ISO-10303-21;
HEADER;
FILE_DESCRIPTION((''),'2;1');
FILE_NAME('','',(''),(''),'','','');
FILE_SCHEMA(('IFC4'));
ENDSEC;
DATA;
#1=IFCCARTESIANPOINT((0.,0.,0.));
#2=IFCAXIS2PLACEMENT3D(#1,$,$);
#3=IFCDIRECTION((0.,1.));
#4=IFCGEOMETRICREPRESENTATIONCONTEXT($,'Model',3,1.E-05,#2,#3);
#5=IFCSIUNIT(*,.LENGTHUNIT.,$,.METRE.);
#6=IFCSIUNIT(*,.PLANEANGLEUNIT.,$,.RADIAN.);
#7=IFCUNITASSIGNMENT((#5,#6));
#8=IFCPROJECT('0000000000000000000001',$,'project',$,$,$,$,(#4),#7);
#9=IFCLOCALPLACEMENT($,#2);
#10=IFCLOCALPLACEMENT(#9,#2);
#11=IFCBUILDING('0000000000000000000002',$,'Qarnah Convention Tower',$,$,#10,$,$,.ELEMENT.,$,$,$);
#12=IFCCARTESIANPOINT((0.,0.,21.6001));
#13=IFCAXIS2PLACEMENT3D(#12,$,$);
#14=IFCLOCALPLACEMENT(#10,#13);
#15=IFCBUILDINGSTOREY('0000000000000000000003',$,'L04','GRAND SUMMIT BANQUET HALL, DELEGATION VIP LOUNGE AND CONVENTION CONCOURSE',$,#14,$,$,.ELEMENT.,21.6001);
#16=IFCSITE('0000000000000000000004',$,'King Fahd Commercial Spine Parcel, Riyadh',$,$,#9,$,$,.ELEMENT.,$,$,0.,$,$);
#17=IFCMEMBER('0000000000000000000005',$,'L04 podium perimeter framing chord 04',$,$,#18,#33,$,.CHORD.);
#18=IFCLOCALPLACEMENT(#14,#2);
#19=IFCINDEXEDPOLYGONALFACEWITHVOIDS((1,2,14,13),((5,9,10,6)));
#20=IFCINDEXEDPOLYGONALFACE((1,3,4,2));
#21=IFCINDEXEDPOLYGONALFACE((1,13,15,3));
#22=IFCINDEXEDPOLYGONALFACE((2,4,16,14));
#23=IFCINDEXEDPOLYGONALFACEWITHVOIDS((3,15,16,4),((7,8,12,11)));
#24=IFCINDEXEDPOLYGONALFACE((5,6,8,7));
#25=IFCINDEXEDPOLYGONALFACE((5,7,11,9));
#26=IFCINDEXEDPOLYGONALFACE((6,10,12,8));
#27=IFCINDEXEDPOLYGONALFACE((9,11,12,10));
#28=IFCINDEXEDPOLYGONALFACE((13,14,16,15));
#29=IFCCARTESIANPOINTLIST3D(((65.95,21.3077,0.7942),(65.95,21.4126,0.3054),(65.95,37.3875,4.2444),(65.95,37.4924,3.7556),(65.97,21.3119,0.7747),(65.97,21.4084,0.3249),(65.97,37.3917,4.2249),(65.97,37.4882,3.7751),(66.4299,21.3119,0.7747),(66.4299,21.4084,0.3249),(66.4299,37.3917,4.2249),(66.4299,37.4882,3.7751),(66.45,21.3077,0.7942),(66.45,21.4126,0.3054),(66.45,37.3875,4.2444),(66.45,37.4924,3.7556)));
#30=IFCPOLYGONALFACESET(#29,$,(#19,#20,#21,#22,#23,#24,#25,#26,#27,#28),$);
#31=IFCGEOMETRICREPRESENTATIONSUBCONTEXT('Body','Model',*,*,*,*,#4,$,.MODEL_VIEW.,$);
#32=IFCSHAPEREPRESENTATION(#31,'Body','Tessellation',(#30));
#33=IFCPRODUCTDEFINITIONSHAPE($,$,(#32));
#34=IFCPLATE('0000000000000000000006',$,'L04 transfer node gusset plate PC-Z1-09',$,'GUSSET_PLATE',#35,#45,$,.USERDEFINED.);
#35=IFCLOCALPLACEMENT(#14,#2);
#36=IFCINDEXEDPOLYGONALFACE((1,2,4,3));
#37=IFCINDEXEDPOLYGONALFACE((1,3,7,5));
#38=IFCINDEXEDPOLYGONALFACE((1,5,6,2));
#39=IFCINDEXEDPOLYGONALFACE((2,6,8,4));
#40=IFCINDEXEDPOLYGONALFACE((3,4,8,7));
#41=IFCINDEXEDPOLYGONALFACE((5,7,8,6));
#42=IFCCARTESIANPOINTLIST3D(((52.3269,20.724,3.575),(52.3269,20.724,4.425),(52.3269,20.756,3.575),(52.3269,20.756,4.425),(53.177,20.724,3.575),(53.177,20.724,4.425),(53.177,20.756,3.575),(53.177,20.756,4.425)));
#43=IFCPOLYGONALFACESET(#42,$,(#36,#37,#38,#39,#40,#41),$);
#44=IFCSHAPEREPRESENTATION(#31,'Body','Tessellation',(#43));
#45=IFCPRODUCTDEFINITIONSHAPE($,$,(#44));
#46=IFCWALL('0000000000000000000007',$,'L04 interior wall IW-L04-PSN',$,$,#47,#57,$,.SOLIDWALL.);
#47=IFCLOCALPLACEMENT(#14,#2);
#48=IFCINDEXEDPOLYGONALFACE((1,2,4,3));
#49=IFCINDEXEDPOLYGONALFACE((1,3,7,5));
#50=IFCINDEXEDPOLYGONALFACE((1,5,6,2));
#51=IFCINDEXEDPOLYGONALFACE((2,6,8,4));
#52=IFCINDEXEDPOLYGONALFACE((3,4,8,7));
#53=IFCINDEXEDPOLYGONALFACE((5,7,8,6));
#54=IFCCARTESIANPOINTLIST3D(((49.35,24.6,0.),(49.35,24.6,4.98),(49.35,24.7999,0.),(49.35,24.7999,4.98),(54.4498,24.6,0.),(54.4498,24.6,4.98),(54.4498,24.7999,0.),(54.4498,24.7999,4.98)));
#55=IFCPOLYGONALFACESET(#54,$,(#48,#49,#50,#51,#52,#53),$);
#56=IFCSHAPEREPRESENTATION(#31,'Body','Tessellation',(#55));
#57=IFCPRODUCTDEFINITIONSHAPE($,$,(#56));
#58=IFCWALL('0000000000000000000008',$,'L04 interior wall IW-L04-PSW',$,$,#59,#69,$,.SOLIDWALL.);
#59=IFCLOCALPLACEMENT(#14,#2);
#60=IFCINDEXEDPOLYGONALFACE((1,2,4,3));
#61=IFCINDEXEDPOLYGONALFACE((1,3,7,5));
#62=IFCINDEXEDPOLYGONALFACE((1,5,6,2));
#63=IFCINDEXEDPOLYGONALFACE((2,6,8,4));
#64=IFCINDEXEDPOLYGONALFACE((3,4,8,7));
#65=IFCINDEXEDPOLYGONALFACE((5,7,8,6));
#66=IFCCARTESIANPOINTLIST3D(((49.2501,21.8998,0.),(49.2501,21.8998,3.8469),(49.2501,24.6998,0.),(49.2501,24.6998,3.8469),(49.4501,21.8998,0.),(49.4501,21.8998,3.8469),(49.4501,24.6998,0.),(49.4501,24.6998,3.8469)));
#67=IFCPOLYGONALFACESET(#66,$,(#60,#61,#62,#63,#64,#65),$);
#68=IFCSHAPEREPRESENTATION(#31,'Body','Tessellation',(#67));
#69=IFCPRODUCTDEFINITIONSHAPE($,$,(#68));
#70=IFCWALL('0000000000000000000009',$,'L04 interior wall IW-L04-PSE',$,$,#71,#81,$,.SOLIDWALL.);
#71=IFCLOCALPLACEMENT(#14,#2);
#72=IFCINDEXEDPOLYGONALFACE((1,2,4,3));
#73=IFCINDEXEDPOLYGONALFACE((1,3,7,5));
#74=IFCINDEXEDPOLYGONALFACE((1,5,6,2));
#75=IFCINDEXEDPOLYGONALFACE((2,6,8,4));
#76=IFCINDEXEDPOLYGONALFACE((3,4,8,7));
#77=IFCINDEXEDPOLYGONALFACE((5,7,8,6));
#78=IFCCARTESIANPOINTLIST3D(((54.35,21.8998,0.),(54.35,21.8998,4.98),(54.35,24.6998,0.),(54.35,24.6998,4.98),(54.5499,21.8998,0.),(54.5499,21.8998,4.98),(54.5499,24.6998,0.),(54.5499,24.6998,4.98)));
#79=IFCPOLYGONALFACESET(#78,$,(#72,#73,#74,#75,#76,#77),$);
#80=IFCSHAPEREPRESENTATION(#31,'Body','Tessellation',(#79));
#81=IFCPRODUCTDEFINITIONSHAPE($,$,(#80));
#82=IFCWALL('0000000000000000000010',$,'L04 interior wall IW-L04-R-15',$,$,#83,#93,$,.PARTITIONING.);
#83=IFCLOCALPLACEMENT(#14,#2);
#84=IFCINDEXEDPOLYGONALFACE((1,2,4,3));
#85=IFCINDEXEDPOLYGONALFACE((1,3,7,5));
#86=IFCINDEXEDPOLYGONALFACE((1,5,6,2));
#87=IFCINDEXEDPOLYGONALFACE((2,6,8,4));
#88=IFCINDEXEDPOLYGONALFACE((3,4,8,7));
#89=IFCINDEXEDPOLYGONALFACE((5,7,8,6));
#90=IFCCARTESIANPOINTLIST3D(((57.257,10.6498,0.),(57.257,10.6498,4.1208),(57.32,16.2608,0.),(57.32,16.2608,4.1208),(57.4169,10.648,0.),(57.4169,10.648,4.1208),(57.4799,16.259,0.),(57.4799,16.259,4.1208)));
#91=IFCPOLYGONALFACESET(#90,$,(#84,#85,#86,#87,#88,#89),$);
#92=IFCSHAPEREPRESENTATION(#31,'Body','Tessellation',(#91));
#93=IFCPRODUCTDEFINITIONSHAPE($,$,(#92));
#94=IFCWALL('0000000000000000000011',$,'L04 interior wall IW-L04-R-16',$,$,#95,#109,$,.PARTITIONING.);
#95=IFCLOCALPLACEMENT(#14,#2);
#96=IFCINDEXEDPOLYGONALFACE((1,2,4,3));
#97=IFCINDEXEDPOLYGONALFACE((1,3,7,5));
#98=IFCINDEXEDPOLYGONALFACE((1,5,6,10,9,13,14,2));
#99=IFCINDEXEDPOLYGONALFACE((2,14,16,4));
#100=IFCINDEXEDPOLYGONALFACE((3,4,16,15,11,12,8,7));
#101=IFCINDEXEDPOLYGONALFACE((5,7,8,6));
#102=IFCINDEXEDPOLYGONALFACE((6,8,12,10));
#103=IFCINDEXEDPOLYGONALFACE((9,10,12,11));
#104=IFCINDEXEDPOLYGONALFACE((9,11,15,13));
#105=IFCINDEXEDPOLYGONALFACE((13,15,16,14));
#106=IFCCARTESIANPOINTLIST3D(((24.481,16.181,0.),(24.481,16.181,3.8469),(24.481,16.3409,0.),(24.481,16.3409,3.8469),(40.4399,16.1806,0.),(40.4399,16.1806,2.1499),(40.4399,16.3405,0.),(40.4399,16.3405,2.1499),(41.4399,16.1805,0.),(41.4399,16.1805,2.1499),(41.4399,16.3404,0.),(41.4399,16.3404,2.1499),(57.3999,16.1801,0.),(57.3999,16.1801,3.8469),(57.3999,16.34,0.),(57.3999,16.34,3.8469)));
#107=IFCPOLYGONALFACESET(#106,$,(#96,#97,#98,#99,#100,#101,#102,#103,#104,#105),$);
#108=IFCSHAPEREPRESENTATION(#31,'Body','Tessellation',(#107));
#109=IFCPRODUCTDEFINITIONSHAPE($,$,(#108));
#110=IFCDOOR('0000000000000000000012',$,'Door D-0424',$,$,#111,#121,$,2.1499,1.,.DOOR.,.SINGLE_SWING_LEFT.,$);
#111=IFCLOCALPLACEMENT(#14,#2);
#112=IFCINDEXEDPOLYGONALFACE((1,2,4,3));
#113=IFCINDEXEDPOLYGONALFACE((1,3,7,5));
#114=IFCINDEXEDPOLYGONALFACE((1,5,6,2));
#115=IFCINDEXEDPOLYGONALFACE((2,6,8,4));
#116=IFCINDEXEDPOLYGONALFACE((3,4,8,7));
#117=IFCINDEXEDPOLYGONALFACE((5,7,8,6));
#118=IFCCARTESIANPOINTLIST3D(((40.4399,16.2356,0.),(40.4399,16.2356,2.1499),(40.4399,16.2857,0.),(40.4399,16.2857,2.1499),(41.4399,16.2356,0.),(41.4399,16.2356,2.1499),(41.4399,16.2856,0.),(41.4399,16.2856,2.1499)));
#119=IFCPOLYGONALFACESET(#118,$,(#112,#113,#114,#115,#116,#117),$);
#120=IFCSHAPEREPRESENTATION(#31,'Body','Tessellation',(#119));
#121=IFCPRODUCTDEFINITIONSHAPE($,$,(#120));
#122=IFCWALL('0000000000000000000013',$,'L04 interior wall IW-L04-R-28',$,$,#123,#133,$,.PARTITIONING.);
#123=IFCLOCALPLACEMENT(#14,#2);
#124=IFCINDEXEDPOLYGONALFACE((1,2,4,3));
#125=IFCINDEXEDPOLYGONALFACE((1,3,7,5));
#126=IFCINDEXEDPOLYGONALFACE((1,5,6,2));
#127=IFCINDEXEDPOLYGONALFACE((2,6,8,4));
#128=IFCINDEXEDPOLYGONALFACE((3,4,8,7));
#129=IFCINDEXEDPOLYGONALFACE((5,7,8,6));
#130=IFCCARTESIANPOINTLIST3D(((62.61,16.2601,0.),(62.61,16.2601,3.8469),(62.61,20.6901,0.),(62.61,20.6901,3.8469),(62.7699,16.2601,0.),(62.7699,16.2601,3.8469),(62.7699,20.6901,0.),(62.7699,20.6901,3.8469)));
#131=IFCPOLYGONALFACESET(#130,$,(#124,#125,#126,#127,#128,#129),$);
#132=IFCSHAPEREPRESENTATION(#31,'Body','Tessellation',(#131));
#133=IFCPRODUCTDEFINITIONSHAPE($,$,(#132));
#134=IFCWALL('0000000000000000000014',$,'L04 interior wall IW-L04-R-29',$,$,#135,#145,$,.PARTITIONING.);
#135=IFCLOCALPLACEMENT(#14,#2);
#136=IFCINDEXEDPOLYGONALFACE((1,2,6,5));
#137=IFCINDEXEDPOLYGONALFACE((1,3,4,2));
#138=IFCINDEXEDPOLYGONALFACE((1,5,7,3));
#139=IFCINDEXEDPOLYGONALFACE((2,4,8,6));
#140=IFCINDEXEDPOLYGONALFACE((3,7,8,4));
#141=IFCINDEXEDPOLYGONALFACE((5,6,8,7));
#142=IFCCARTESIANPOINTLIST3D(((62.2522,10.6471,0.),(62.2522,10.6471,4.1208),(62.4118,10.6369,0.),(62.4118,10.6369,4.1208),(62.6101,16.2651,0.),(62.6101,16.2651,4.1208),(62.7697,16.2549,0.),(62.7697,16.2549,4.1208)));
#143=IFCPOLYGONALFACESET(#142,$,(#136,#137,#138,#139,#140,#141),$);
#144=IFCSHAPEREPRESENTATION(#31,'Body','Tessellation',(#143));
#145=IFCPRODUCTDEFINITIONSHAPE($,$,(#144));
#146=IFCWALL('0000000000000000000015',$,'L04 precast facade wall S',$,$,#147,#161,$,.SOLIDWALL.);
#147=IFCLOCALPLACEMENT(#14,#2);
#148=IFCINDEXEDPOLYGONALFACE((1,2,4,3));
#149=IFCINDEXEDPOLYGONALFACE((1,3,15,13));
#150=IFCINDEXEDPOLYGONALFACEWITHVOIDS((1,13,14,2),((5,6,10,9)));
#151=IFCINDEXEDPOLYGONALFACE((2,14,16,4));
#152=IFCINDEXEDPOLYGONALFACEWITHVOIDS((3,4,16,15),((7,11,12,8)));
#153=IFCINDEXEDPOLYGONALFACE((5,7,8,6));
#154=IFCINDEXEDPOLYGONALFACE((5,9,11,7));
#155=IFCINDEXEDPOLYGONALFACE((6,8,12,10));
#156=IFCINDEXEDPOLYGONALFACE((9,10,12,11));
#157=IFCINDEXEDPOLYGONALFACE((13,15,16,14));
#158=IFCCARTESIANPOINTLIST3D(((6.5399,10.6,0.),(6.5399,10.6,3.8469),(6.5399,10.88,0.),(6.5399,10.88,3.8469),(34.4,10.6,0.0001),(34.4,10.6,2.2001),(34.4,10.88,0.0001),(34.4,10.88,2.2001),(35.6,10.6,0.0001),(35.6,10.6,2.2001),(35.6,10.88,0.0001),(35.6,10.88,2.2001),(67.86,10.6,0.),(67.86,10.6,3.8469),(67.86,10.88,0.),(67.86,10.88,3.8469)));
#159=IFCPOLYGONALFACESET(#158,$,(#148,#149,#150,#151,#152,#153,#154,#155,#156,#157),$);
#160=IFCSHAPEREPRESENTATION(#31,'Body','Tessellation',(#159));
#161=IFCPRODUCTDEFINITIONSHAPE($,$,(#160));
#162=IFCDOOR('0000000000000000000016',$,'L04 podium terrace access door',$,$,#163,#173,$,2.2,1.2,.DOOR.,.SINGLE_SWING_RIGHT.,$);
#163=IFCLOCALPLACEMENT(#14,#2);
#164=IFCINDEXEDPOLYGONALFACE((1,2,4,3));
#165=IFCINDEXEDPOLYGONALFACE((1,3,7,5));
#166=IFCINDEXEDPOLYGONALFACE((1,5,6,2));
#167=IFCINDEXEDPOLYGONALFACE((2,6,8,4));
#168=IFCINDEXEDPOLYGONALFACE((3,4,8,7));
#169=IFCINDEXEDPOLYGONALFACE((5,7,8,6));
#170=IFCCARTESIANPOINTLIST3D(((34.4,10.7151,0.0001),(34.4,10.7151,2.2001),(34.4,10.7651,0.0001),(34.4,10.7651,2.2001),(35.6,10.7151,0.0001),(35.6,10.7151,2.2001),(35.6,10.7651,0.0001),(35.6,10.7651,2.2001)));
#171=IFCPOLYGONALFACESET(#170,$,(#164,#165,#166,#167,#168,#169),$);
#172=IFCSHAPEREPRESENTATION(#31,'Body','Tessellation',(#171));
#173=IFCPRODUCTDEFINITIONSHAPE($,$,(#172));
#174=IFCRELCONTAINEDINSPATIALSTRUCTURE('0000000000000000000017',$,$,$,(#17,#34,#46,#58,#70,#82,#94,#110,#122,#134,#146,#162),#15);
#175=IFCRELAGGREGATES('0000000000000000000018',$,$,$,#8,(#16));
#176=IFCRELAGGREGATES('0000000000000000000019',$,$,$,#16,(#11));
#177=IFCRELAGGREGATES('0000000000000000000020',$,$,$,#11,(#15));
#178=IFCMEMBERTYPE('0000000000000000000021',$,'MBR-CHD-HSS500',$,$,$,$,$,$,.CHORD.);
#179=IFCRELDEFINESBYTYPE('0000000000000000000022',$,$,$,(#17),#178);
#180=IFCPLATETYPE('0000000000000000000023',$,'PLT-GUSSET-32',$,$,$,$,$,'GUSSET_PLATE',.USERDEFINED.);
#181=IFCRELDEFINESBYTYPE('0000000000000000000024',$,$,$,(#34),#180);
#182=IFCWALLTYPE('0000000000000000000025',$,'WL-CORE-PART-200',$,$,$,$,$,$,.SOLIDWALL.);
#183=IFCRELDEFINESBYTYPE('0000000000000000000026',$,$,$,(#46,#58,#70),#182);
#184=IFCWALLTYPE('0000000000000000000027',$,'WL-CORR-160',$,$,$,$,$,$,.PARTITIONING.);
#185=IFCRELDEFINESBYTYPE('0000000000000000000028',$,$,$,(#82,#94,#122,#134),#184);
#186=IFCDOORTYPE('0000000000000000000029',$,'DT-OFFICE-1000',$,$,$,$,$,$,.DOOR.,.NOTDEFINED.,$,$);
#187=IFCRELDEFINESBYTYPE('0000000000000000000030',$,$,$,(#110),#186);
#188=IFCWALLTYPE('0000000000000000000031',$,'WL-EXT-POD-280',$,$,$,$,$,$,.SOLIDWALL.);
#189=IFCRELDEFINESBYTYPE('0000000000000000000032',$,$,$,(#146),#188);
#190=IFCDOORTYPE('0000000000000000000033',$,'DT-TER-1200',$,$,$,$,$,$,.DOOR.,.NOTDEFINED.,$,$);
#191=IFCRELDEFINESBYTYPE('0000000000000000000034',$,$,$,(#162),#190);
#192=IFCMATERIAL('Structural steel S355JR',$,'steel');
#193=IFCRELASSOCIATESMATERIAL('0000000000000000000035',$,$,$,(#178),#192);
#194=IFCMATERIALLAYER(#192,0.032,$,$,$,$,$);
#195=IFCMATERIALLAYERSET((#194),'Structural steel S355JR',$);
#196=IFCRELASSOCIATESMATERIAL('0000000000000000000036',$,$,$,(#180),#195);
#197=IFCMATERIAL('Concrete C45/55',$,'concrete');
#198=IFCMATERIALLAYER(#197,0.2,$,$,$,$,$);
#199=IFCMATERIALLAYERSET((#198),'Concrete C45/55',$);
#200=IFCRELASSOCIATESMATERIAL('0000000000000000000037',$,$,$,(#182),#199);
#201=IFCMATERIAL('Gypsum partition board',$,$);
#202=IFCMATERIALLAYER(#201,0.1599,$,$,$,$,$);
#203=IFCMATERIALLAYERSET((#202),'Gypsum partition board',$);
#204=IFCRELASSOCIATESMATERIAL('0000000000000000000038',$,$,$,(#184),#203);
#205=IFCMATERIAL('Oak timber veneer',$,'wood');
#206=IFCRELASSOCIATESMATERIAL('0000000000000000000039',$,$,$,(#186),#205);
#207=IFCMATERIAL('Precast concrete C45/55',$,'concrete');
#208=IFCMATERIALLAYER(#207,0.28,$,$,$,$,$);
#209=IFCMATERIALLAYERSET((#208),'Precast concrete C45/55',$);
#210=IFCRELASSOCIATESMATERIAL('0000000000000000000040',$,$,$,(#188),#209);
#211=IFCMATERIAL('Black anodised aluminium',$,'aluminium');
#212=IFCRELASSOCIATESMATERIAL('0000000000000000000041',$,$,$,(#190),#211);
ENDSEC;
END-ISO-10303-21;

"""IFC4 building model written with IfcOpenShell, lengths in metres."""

from ifc_helpers import new_model, si_unit, direction, frame, frame_2d, origin, origin_2d, place, context, subcontext, project, spatial, rectangle, hollow_rectangle, extrude, material, layer, layer_set, material_profile, profile_set, type_object, element, fill, save


model = new_model("IFC4")

# Units and contexts
model_context = context("Model", 3, precision=1e-05, world=origin(), true_north=direction((0.0, 1.0)))
body_context = subcontext(model_context, "Body", "Model", "MODEL_VIEW")
ifc_project = project(units=[si_unit("LENGTHUNIT", "METRE"), si_unit("PLANEANGLEUNIT", "RADIAN")], contexts=[model_context])

# Site, building, storey
site_placement = place(None, origin())
site = spatial("IfcSite", under=ifc_project, at=site_placement, Name="King Fahd Commercial Spine Parcel, Riyadh", CompositionType="ELEMENT", RefElevation=0.0)
building_placement = place(site_placement, origin())
building = spatial("IfcBuilding", under=site, at=building_placement, Name="Qarnah Convention Tower", CompositionType="ELEMENT")
storey_placement = place(building_placement, frame((0.0, 0.0, 21.6001)))
storey = spatial("IfcBuildingStorey", under=building, at=storey_placement, Name="L04", Description="GRAND SUMMIT BANQUET HALL, DELEGATION VIP LOUNGE AND CONVENTION CONCOURSE", CompositionType="ELEMENT", Elevation=21.6001)

# Shared definitions
ifc_material_1 = material(Name="Structural steel S355JR", Category="steel")

# Member
ifc_material_profile_1 = material_profile(ifc_material_1, hollow_rectangle(XDim=0.5, YDim=0.5, WallThickness=0.02, at=origin_2d()), Name="HSS500X500X20")
ifc_profile_set_1 = profile_set([ifc_material_profile_1], Name="Structural steel S355JR")
member_type = type_object("IfcMemberType", Name="MBR-CHD-HSS500", PredefinedType="CHORD", material=ifc_profile_set_1)
member_1_placement = place(storey_placement, frame((66.2, 21.3601, 0.5498), z_axis=(0.0, 0.977746, 0.209792), x_axis=(-1.0, 0.0, 0.0)))
element("IfcMember", 1, at=member_1_placement, inside=storey, type_object=member_type, Name="L04 podium perimeter framing chord 04", PredefinedType="CHORD", context=body_context, shape_type="SweptSolid", body=[
    extrude(hollow_rectangle(XDim=0.5, YDim=0.5, WallThickness=0.02, at=origin_2d()), origin(), (0.0, 0.0, 1.0), 16.4458),
])

# Plate
ifc_layer_1 = layer(ifc_material_1, 0.032)
ifc_layer_set_1 = layer_set([ifc_layer_1], Name="Structural steel S355JR")
plate_type = type_object("IfcPlateType", Name="PLT-GUSSET-32", ElementType="GUSSET_PLATE", PredefinedType="USERDEFINED", material=ifc_layer_set_1)
plate_placement = place(storey_placement, frame((52.752, 20.74, 3.575), z_axis=(0.0, 0.0, 1.0), x_axis=(1.0, 0.0, 0.0)))
element("IfcPlate", 2, at=plate_placement, inside=storey, type_object=plate_type, Name="L04 transfer node gusset plate PC-Z1-09", ObjectType="GUSSET_PLATE", PredefinedType="USERDEFINED", context=body_context, shape_type="SweptSolid", body=[
    extrude(rectangle(XDim=0.8501, YDim=0.032, at=origin_2d()), origin(), (0.0, 0.0, 1.0), 0.8501),
])

# Walls
ifc_material_2 = material(Name="Concrete C45/55", Category="concrete")
ifc_layer_2 = layer(ifc_material_2, 0.2)
ifc_layer_set_2 = layer_set([ifc_layer_2], Name="Concrete C45/55")
wall_type_1 = type_object("IfcWallType", Name="WL-CORE-PART-200", PredefinedType="SOLIDWALL", material=ifc_layer_set_2)
wall_1_placement = place(storey_placement, frame((49.3501, 24.7, 0.0), z_axis=(0.0, 0.0, 1.0), x_axis=(1.0, 0.0, 0.0)))
element("IfcWall", 3, at=wall_1_placement, inside=storey, type_object=wall_type_1, Name="L04 interior wall IW-L04-PSN", PredefinedType="SOLIDWALL", context=body_context, shape_type="SweptSolid", body=[
    extrude(rectangle(XDim=5.0999, YDim=0.2, at=frame_2d((2.5498, 0.0))), origin(), (0.0, 0.0, 1.0), 4.98),
])
wall_2_placement = place(storey_placement, frame((49.3501, 21.8999, 0.0), z_axis=(0.0, 0.0, 1.0), x_axis=(0.0, 1.0, 0.0)))
element("IfcWall", 4, at=wall_2_placement, inside=storey, type_object=wall_type_1, Name="L04 interior wall IW-L04-PSW", PredefinedType="SOLIDWALL", context=body_context, shape_type="SweptSolid", body=[
    extrude(rectangle(XDim=2.8, YDim=0.2, at=frame_2d((1.3999, 0.0))), origin(), (0.0, 0.0, 1.0), 3.8469),
])
wall_3_placement = place(storey_placement, frame((54.45, 21.8999, 0.0), z_axis=(0.0, 0.0, 1.0), x_axis=(0.0, 1.0, 0.0)))
element("IfcWall", 5, at=wall_3_placement, inside=storey, type_object=wall_type_1, Name="L04 interior wall IW-L04-PSE", PredefinedType="SOLIDWALL", context=body_context, shape_type="SweptSolid", body=[
    extrude(rectangle(XDim=2.8, YDim=0.2, at=frame_2d((1.3999, 0.0))), origin(), (0.0, 0.0, 1.0), 4.98),
])
ifc_material_3 = material(Name="Gypsum partition board")
ifc_layer_3 = layer(ifc_material_3, 0.1599)
ifc_layer_set_3 = layer_set([ifc_layer_3], Name="Gypsum partition board")
wall_type_2 = type_object("IfcWallType", Name="WL-CORR-160", PredefinedType="PARTITIONING", material=ifc_layer_set_3)
wall_4_placement = place(storey_placement, frame((57.3369, 10.6489, 0.0), z_axis=(0.0, 0.0, 1.0), x_axis=(0.011225, 0.999937, 0.0)))
element("IfcWall", 6, at=wall_4_placement, inside=storey, type_object=wall_type_2, Name="L04 interior wall IW-L04-R-15", PredefinedType="PARTITIONING", context=body_context, shape_type="SweptSolid", body=[
    extrude(rectangle(XDim=5.6113, YDim=0.1599, at=frame_2d((2.8057, 0.0))), origin(), (0.0, 0.0, 1.0), 4.1208),
])

# Wall, opening, door
wall_5_placement = place(storey_placement, frame((57.3999, 16.26, 0.0), z_axis=(0.0, 0.0, 1.0), x_axis=(-1.0, 0.00003, 0.0)))
wall_5 = element("IfcWall", 7, at=wall_5_placement, inside=storey, type_object=wall_type_2, Name="L04 interior wall IW-L04-R-16", PredefinedType="PARTITIONING", context=body_context, shape_type="SweptSolid", body=[
    extrude(rectangle(XDim=32.9189, YDim=0.1599, at=frame_2d((16.4595, 0.0))), origin(), (0.0, 0.0, 1.0), 3.8469),
])
opening_1_placement = place(wall_5_placement, frame((15.96, 0.0, 0.0)))
opening_1 = element("IfcOpeningElement", 8, at=opening_1_placement, cuts=wall_5, PredefinedType="OPENING", context=body_context, shape_type="SweptSolid", body=[
    extrude(rectangle(XDim=1.0, YDim=2.1499, at=frame_2d((0.5, 1.075))), frame((0.0, 0.0898, 0.0), z_axis=(0.0, -1.0, 0.0), x_axis=(1.0, 0.0, 0.0)), (0.0, 0.0, 1.0), 0.1799),
])
ifc_material_4 = material(Name="Oak timber veneer", Category="wood")
door_type_1 = type_object("IfcDoorType", Name="DT-OFFICE-1000", OperationType="NOTDEFINED", PredefinedType="DOOR", material=ifc_material_4)
door_1_placement = place(opening_1_placement, origin())
door_1 = element("IfcDoor", 9, at=door_1_placement, inside=storey, type_object=door_type_1, Name="Door D-0424", OperationType="SINGLE_SWING_LEFT", OverallHeight=2.1499, OverallWidth=1.0, PredefinedType="DOOR", context=body_context, shape_type="SweptSolid", body=[
    extrude(rectangle(XDim=1.0, YDim=2.1499, at=frame_2d((0.5, 1.075))), frame((0.0, 0.0249, 0.0), z_axis=(0.0, -1.0, 0.0), x_axis=(1.0, 0.0, 0.0)), (0.0, 0.0, 1.0), 0.05),
])
fill(opening_1, door_1)

# Walls
wall_6_placement = place(storey_placement, frame((62.6899, 20.6899, 0.0), z_axis=(0.0, 0.0, 1.0), x_axis=(0.0, -1.0, 0.0)))
element("IfcWall", 10, at=wall_6_placement, inside=storey, type_object=wall_type_2, Name="L04 interior wall IW-L04-R-28", PredefinedType="PARTITIONING", context=body_context, shape_type="SweptSolid", body=[
    extrude(rectangle(XDim=4.4299, YDim=0.1599, at=frame_2d((2.2148, 0.0))), origin(), (0.0, 0.0, 1.0), 3.8469),
])
wall_7_placement = place(storey_placement, frame((62.6899, 16.26, 0.0), z_axis=(0.0, 0.0, 1.0), x_axis=(-0.06358, -0.997977, 0.0)))
element("IfcWall", 11, at=wall_7_placement, inside=storey, type_object=wall_type_2, Name="L04 interior wall IW-L04-R-29", PredefinedType="PARTITIONING", context=body_context, shape_type="SweptSolid", body=[
    extrude(rectangle(XDim=5.6294, YDim=0.1599, at=frame_2d((2.8147, 0.0))), origin(), (0.0, 0.0, 1.0), 4.1208),
])

# Wall, opening, door
ifc_material_5 = material(Name="Precast concrete C45/55", Category="concrete")
ifc_layer_4 = layer(ifc_material_5, 0.28)
ifc_layer_set_4 = layer_set([ifc_layer_4], Name="Precast concrete C45/55")
wall_type_3 = type_object("IfcWallType", Name="WL-EXT-POD-280", PredefinedType="SOLIDWALL", material=ifc_layer_set_4)
wall_8_placement = place(storey_placement, frame((67.8601, 10.74, 0.0), z_axis=(0.0, 0.0, 1.0), x_axis=(-1.0, 0.0, 0.0)))
wall_8 = element("IfcWall", 12, at=wall_8_placement, inside=storey, type_object=wall_type_3, Name="L04 precast facade wall S", PredefinedType="SOLIDWALL", context=body_context, shape_type="SweptSolid", body=[
    extrude(rectangle(XDim=61.3201, YDim=0.28, at=frame_2d((30.6602, 0.0))), origin(), (0.0, 0.0, 1.0), 3.8469),
])
opening_2_placement = place(wall_8_placement, frame((32.26, 0.0, 0.0)))
opening_2 = element("IfcOpeningElement", 13, at=opening_2_placement, cuts=wall_8, PredefinedType="OPENING", context=body_context, shape_type="SweptSolid", body=[
    extrude(rectangle(XDim=1.2, YDim=2.2, at=frame_2d((0.6001, 1.1001))), frame((0.0, 0.1499, 0.0), z_axis=(0.0, -1.0, 0.0), x_axis=(1.0, 0.0, 0.0)), (0.0, 0.0, 1.0), 0.3),
])
ifc_material_6 = material(Name="Black anodised aluminium", Category="aluminium")
door_type_2 = type_object("IfcDoorType", Name="DT-TER-1200", OperationType="NOTDEFINED", PredefinedType="DOOR", material=ifc_material_6)
door_2_placement = place(opening_2_placement, origin())
door_2 = element("IfcDoor", 14, at=door_2_placement, inside=storey, type_object=door_type_2, Name="L04 podium terrace access door", OperationType="SINGLE_SWING_RIGHT", OverallHeight=2.2, OverallWidth=1.2, PredefinedType="DOOR", context=body_context, shape_type="SweptSolid", body=[
    extrude(rectangle(XDim=1.2, YDim=2.2, at=frame_2d((0.6001, 1.1001))), frame((0.0, 0.0249, 0.0), z_axis=(0.0, -1.0, 0.0), x_axis=(1.0, 0.0, 0.0)), (0.0, 0.0, 1.0), 0.05),
])
fill(opening_2, door_2)

save(model, "model.ifc")
